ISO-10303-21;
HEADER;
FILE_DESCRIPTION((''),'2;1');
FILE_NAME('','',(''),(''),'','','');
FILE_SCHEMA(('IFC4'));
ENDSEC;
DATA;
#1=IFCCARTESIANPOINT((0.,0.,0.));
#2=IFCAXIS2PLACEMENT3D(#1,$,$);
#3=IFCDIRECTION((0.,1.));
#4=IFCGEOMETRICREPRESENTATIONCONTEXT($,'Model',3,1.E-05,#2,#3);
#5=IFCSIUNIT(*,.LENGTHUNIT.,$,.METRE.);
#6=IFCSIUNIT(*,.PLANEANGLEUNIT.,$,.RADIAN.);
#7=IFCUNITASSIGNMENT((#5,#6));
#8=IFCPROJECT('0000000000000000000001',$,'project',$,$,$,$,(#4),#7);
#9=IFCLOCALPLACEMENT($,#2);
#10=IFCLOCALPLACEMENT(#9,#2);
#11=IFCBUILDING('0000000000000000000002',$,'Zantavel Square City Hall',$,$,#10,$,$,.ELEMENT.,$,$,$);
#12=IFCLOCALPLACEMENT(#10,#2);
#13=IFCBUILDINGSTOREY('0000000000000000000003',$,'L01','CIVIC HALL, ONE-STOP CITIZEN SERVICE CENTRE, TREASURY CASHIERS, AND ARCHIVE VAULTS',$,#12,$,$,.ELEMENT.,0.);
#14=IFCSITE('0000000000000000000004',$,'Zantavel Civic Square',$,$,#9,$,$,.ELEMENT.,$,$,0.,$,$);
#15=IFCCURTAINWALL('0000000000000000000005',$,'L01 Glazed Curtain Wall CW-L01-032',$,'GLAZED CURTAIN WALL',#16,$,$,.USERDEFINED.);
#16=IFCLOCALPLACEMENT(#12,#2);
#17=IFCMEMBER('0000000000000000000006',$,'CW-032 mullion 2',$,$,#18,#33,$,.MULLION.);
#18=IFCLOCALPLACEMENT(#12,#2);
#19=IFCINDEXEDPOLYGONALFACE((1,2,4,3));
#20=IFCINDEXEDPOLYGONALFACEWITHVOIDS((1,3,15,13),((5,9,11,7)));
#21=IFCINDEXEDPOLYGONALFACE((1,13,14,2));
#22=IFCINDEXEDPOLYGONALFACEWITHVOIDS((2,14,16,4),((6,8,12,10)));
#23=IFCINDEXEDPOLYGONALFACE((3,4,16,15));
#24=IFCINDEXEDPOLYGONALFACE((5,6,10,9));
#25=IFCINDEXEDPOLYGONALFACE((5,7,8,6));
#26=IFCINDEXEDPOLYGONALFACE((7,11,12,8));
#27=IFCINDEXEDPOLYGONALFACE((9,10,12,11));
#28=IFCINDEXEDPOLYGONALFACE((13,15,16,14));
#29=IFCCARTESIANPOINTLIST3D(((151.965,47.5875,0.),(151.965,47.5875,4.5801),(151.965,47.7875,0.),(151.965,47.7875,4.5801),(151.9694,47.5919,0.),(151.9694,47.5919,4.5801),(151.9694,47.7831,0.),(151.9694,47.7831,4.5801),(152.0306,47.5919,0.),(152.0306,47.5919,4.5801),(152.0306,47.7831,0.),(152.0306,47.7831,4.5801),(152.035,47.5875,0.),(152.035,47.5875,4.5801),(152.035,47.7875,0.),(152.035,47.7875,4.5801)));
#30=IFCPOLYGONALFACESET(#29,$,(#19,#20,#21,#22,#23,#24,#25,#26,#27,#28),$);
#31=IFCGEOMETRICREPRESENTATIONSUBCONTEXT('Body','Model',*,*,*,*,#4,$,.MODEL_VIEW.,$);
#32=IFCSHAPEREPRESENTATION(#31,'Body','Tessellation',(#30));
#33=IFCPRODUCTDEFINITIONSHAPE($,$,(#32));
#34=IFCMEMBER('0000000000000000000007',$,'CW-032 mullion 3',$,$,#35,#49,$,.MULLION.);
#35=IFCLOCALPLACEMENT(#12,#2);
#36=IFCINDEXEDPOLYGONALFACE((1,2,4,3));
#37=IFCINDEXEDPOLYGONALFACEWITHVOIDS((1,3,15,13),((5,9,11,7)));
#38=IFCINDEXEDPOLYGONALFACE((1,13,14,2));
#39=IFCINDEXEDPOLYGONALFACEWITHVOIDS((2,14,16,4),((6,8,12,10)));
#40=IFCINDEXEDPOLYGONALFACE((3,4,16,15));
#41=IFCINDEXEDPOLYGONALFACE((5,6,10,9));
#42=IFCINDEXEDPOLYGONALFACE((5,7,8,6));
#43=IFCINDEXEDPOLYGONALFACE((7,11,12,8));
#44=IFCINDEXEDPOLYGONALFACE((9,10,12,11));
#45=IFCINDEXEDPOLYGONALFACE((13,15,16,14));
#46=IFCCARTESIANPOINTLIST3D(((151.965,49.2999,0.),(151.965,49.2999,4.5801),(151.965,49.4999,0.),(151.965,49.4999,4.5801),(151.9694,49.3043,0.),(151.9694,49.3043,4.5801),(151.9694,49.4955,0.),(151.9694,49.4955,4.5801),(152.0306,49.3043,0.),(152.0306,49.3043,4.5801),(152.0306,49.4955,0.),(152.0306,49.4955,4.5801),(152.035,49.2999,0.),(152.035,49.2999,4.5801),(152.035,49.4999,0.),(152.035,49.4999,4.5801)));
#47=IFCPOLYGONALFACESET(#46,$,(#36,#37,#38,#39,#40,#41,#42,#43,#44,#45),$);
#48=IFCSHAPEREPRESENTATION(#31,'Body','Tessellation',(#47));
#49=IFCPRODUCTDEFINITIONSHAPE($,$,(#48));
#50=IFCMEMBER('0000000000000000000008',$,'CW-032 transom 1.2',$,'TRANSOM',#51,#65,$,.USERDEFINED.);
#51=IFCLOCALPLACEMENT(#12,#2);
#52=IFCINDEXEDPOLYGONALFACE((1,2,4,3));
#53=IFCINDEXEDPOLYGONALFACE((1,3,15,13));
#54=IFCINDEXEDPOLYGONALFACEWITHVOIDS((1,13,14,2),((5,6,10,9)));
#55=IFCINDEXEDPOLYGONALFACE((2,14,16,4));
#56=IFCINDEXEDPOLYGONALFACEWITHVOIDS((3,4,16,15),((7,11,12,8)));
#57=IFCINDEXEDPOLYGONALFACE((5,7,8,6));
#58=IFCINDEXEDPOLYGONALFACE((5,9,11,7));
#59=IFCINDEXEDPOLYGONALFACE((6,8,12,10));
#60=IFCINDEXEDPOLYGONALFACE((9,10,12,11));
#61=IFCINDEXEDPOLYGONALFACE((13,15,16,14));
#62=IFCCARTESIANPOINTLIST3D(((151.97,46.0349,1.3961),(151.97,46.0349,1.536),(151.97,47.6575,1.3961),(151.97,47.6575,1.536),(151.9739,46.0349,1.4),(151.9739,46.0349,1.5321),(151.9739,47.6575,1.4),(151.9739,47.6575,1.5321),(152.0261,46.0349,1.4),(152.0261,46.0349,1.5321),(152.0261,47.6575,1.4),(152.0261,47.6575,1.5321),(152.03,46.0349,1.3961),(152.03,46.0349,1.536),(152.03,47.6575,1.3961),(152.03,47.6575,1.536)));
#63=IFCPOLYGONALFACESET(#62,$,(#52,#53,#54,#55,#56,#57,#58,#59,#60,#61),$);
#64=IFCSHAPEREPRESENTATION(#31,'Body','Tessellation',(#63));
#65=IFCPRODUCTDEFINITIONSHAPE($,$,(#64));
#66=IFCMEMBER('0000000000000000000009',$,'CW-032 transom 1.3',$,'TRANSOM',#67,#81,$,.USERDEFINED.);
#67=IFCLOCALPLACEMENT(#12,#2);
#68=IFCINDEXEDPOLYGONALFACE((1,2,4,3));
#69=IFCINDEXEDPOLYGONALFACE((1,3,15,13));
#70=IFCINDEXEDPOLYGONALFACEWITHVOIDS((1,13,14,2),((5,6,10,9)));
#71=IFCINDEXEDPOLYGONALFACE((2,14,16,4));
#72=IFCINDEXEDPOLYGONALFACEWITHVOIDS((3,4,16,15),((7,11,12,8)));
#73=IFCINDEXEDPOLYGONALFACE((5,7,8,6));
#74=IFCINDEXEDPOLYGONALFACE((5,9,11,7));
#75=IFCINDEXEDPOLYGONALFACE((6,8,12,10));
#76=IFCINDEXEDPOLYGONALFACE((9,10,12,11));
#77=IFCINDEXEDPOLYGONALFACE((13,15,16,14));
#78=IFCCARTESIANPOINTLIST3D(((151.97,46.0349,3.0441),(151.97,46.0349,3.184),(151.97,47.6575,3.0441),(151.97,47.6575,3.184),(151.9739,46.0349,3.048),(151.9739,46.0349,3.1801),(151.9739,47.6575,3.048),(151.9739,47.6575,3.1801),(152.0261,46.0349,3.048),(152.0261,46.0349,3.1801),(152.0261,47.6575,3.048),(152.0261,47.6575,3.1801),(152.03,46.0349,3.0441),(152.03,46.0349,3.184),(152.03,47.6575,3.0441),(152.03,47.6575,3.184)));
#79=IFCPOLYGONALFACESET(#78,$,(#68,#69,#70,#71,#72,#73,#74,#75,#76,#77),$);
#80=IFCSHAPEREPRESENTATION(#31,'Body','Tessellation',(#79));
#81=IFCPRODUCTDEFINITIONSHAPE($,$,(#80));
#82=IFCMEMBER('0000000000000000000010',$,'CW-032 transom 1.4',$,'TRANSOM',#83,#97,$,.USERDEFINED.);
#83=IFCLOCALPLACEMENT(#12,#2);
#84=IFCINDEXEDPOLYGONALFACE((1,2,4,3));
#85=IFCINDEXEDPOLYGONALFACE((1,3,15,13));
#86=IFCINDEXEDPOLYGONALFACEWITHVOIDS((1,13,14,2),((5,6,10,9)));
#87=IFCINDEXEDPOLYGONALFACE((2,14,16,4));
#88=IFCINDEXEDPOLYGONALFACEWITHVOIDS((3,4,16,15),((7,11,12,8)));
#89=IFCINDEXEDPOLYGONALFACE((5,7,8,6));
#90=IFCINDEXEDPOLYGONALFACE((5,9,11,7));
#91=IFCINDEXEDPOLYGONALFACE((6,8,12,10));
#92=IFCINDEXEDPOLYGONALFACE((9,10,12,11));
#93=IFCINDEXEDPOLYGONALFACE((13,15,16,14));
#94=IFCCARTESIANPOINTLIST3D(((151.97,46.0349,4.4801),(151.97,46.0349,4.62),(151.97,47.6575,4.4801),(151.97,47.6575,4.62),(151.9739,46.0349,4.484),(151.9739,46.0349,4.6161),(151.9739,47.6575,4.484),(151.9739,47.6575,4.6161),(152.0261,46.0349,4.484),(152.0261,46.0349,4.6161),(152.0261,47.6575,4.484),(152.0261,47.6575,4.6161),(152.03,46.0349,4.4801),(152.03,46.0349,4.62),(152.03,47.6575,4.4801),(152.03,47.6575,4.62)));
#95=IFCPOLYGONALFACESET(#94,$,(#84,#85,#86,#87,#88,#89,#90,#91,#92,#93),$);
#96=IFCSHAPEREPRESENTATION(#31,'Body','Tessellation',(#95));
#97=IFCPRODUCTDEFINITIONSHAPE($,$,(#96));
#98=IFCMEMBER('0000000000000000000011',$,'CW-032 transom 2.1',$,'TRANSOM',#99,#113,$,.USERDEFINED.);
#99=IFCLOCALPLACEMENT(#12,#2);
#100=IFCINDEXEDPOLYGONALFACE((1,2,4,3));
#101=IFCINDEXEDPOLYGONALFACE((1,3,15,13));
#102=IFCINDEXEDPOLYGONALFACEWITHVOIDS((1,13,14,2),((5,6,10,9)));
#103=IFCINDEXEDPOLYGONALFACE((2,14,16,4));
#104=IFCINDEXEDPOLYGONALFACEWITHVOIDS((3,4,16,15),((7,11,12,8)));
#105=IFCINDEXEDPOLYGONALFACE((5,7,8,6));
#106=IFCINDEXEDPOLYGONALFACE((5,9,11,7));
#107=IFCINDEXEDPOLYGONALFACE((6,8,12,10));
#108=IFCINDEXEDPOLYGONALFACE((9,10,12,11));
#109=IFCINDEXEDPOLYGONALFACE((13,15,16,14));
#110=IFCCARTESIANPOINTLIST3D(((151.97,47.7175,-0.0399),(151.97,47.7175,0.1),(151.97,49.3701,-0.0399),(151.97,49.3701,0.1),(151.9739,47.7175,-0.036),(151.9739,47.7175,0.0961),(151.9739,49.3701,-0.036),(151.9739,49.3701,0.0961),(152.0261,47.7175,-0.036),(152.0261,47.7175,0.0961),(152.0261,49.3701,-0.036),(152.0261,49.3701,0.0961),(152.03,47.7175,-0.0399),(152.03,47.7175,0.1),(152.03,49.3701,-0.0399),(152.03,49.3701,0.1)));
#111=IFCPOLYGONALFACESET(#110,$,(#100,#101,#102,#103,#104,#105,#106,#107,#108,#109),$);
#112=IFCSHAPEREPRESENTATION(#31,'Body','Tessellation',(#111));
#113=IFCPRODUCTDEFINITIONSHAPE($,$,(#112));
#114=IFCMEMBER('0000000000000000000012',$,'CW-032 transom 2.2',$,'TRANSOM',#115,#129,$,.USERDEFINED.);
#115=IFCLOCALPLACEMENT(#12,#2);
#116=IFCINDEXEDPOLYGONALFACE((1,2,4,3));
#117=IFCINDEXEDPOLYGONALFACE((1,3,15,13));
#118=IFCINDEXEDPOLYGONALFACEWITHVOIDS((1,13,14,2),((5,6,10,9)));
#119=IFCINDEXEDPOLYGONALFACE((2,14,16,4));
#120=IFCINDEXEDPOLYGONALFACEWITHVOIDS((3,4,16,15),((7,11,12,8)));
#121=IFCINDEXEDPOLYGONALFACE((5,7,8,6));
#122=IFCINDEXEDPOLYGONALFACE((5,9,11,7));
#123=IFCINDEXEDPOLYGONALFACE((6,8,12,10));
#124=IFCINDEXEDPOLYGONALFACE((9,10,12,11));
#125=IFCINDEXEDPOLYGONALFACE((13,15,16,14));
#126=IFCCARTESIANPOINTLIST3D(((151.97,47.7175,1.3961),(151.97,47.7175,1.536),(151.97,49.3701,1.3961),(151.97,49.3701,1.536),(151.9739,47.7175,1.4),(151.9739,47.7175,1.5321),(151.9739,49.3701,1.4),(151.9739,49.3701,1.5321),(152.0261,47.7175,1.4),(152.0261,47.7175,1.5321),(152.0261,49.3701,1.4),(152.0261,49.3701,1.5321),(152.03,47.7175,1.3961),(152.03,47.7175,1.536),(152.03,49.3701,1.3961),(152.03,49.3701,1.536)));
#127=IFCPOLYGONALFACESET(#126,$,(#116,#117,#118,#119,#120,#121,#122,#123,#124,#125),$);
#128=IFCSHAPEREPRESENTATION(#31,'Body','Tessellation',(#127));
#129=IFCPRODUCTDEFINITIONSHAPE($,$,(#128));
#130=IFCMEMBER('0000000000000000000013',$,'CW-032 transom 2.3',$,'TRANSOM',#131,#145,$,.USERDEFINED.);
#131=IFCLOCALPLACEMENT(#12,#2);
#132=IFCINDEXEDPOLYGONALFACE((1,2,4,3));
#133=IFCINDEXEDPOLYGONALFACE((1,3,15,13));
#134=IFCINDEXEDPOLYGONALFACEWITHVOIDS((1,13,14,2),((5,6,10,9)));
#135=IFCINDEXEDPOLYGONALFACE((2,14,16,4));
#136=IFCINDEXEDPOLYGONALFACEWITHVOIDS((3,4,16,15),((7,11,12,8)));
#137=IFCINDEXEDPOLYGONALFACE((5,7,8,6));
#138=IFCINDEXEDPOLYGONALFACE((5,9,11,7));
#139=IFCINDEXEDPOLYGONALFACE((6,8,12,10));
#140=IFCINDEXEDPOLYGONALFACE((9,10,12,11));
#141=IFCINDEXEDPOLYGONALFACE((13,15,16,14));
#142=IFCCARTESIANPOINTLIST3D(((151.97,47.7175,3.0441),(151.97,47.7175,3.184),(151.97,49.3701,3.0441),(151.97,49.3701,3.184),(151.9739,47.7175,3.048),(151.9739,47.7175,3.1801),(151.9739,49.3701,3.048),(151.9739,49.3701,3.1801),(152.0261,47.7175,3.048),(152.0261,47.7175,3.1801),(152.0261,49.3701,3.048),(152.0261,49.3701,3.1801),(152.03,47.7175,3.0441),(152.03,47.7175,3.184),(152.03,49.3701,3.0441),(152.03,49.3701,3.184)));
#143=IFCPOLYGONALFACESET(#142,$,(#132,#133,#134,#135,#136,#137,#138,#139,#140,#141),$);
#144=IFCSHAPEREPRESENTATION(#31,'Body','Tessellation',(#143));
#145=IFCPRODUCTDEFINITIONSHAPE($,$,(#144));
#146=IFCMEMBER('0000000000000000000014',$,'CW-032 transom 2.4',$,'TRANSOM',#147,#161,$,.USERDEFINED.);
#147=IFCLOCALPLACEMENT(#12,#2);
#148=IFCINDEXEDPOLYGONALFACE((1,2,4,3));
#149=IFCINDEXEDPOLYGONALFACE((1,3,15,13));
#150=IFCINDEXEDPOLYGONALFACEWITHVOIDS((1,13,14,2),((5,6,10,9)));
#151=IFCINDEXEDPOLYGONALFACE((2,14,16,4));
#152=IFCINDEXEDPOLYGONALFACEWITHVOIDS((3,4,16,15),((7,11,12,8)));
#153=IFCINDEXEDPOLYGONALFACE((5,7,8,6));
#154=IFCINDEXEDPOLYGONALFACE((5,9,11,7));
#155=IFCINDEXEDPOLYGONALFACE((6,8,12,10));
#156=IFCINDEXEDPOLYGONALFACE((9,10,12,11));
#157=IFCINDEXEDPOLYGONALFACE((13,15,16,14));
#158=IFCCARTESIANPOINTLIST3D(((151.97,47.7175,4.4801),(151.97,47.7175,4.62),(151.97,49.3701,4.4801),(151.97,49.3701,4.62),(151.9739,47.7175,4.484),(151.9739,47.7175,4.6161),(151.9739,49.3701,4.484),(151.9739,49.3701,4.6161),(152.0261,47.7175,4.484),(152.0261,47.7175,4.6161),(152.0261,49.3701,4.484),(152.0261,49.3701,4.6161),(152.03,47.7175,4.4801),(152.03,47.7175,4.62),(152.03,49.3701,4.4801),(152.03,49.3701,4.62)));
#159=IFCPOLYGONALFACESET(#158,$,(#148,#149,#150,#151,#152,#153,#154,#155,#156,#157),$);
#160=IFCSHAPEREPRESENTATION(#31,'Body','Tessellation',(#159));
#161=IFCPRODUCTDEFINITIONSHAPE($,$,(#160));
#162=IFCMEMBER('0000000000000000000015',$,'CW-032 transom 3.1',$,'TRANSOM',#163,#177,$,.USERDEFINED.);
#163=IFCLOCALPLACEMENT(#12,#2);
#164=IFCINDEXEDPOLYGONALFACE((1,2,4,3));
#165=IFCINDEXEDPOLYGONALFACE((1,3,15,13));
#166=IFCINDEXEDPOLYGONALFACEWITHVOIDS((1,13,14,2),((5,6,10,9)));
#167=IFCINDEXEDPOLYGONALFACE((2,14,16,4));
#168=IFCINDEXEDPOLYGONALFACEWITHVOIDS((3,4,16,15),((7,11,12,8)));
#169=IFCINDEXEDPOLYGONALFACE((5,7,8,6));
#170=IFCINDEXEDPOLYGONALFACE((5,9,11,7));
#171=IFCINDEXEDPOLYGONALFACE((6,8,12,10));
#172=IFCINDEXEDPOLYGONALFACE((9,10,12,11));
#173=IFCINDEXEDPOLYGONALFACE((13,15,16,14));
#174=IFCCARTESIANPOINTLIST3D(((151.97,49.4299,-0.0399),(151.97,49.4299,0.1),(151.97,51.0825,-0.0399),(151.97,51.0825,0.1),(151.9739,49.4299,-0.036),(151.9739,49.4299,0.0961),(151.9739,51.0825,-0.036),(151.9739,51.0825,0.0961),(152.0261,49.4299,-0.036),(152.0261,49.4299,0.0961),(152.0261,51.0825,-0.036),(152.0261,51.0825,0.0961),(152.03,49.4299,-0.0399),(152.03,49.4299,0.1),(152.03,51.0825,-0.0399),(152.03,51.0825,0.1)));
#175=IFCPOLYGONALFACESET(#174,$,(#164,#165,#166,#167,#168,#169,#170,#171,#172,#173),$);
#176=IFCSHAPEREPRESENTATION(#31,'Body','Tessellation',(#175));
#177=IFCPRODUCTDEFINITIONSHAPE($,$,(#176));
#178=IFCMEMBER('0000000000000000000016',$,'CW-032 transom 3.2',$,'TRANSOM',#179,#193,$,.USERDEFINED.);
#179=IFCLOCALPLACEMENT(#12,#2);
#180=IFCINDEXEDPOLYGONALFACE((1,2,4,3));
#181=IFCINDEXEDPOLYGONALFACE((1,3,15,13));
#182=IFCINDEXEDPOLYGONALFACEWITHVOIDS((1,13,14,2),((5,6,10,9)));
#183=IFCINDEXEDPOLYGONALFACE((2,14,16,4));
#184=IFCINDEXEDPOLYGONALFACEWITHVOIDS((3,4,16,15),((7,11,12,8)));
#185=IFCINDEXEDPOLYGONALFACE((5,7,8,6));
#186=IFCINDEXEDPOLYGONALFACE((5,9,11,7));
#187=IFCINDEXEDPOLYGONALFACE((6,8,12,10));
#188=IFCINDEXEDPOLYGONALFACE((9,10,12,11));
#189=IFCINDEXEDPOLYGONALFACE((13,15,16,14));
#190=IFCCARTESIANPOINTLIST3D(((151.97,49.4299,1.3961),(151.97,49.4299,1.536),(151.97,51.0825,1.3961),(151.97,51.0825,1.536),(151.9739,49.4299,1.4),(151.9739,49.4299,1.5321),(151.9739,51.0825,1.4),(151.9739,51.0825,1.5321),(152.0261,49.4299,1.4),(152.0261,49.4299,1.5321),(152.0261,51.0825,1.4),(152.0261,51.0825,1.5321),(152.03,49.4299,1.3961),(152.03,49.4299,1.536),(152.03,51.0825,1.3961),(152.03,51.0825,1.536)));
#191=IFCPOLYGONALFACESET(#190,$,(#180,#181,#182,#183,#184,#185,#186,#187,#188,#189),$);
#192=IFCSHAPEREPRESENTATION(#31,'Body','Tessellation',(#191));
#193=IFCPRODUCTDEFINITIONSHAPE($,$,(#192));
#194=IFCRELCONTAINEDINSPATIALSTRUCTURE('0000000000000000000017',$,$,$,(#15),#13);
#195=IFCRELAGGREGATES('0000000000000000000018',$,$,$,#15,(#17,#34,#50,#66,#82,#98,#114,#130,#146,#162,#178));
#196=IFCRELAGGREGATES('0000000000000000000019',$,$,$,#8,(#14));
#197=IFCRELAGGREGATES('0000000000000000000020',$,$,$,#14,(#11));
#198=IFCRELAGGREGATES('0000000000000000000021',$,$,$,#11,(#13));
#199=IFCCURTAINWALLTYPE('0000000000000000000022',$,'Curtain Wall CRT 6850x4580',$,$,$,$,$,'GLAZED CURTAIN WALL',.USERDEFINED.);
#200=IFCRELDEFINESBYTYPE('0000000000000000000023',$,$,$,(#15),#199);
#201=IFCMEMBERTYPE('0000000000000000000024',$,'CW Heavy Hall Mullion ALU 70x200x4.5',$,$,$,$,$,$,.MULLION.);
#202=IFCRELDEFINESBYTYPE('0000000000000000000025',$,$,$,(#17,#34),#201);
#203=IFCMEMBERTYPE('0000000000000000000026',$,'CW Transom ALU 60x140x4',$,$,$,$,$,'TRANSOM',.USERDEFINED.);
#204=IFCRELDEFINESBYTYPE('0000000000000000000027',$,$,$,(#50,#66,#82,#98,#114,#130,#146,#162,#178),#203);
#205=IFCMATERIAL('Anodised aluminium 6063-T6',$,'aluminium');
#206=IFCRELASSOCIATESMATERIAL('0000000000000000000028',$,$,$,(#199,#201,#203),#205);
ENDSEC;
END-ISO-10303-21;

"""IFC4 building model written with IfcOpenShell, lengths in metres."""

from ifc_helpers import new_model, si_unit, direction, frame, origin, origin_2d, place, context, subcontext, project, spatial, hollow_rectangle, extrude, material, material_profile, profile_set, type_object, element, aggregate, save


model = new_model("IFC4")

# Units and contexts
model_context = context("Model", 3, precision=1e-05, world=origin(), true_north=direction((0.0, 1.0)))
body_context = subcontext(model_context, "Body", "Model", "MODEL_VIEW")
ifc_project = project(units=[si_unit("LENGTHUNIT", "METRE"), si_unit("PLANEANGLEUNIT", "RADIAN")], contexts=[model_context])

# Site, building, storey
site_placement = place(None, origin())
site = spatial("IfcSite", under=ifc_project, at=site_placement, Name="Zantavel Civic Square", CompositionType="ELEMENT", RefElevation=0.0)
building_placement = place(site_placement, origin())
building = spatial("IfcBuilding", under=site, at=building_placement, Name="Zantavel Square City Hall", CompositionType="ELEMENT")
storey_placement = place(building_placement, origin())
storey = spatial("IfcBuildingStorey", under=building, at=storey_placement, Name="L01", Description="CIVIC HALL, ONE-STOP CITIZEN SERVICE CENTRE, TREASURY CASHIERS, AND ARCHIVE VAULTS", CompositionType="ELEMENT", Elevation=0.0)

# Curtain wall, members
ifc_material_1 = material(Name="Anodised aluminium 6063-T6", Category="aluminium")
curtain_wall_type = type_object("IfcCurtainWallType", Name="Curtain Wall CRT 6850x4580", ElementType="GLAZED CURTAIN WALL", PredefinedType="USERDEFINED", material=ifc_material_1)
curtain_wall_placement = place(storey_placement, origin())
curtain_wall = element("IfcCurtainWall", 1, at=curtain_wall_placement, inside=storey, type_object=curtain_wall_type, Name="L01 Glazed Curtain Wall CW-L01-032", ObjectType="GLAZED CURTAIN WALL", PredefinedType="USERDEFINED")
ifc_material_profile_1 = material_profile(ifc_material_1, hollow_rectangle(XDim=0.0701, YDim=0.2, WallThickness=0.0044, at=origin_2d()), Name="ALU 70x200x4.5")
ifc_profile_set_1 = profile_set([ifc_material_profile_1], Name="Anodised aluminium 6063-T6")
member_type_1 = type_object("IfcMemberType", Name="CW Heavy Hall Mullion ALU 70x200x4.5", PredefinedType="MULLION", material=ifc_profile_set_1)
member_1_placement = place(storey_placement, frame((152.0, 47.6875, 0.0), z_axis=(0.0, 0.0, 1.0), x_axis=(-1.0, 0.0, 0.0)))
member_1 = element("IfcMember", 2, at=member_1_placement, type_object=member_type_1, Name="CW-032 mullion 2", PredefinedType="MULLION", context=body_context, shape_type="SweptSolid", body=[
    extrude(hollow_rectangle(XDim=0.0701, YDim=0.2, WallThickness=0.0044, at=origin_2d()), origin(), (0.0, 0.0, 1.0), 4.5801),
])
member_2_placement = place(storey_placement, frame((152.0, 49.3999, 0.0), z_axis=(0.0, 0.0, 1.0), x_axis=(-1.0, 0.0, 0.0)))
member_2 = element("IfcMember", 3, at=member_2_placement, type_object=member_type_1, Name="CW-032 mullion 3", PredefinedType="MULLION", context=body_context, shape_type="SweptSolid", body=[
    extrude(hollow_rectangle(XDim=0.0701, YDim=0.2, WallThickness=0.0044, at=origin_2d()), origin(), (0.0, 0.0, 1.0), 4.5801),
])
ifc_material_profile_2 = material_profile(ifc_material_1, hollow_rectangle(XDim=0.0601, YDim=0.1399, WallThickness=0.0039, at=origin_2d()), Name="ALU 60x140x4")
ifc_profile_set_2 = profile_set([ifc_material_profile_2], Name="Anodised aluminium 6063-T6")
member_type_2 = type_object("IfcMemberType", Name="CW Transom ALU 60x140x4", ElementType="TRANSOM", PredefinedType="USERDEFINED", material=ifc_profile_set_2)
member_3_placement = place(storey_placement, frame((152.0, 46.0349, 1.4661), z_axis=(0.0, 1.0, 0.0), x_axis=(-1.0, 0.0, 0.0)))
member_3 = element("IfcMember", 4, at=member_3_placement, type_object=member_type_2, Name="CW-032 transom 1.2", ObjectType="TRANSOM", PredefinedType="USERDEFINED", context=body_context, shape_type="SweptSolid", body=[
    extrude(hollow_rectangle(XDim=0.0601, YDim=0.1399, WallThickness=0.0039, at=origin_2d()), origin(), (0.0, 0.0, 1.0), 1.6226),
])
member_4_placement = place(storey_placement, frame((152.0, 46.0349, 3.114), z_axis=(0.0, 1.0, 0.0), x_axis=(-1.0, 0.0, 0.0)))
member_4 = element("IfcMember", 5, at=member_4_placement, type_object=member_type_2, Name="CW-032 transom 1.3", ObjectType="TRANSOM", PredefinedType="USERDEFINED", context=body_context, shape_type="SweptSolid", body=[
    extrude(hollow_rectangle(XDim=0.0601, YDim=0.1399, WallThickness=0.0039, at=origin_2d()), origin(), (0.0, 0.0, 1.0), 1.6226),
])
member_5_placement = place(storey_placement, frame((152.0, 46.0349, 4.55), z_axis=(0.0, 1.0, 0.0), x_axis=(-1.0, 0.0, 0.0)))
member_5 = element("IfcMember", 6, at=member_5_placement, type_object=member_type_2, Name="CW-032 transom 1.4", ObjectType="TRANSOM", PredefinedType="USERDEFINED", context=body_context, shape_type="SweptSolid", body=[
    extrude(hollow_rectangle(XDim=0.0601, YDim=0.1399, WallThickness=0.0039, at=origin_2d()), origin(), (0.0, 0.0, 1.0), 1.6226),
])
member_6_placement = place(storey_placement, frame((152.0, 47.7175, 0.03), z_axis=(0.0, 1.0, 0.0), x_axis=(-1.0, 0.0, 0.0)))
member_6 = element("IfcMember", 7, at=member_6_placement, type_object=member_type_2, Name="CW-032 transom 2.1", ObjectType="TRANSOM", PredefinedType="USERDEFINED", context=body_context, shape_type="SweptSolid", body=[
    extrude(hollow_rectangle(XDim=0.0601, YDim=0.1399, WallThickness=0.0039, at=origin_2d()), origin(), (0.0, 0.0, 1.0), 1.6526),
])
member_7_placement = place(storey_placement, frame((152.0, 47.7175, 1.4661), z_axis=(0.0, 1.0, 0.0), x_axis=(-1.0, 0.0, 0.0)))
member_7 = element("IfcMember", 8, at=member_7_placement, type_object=member_type_2, Name="CW-032 transom 2.2", ObjectType="TRANSOM", PredefinedType="USERDEFINED", context=body_context, shape_type="SweptSolid", body=[
    extrude(hollow_rectangle(XDim=0.0601, YDim=0.1399, WallThickness=0.0039, at=origin_2d()), origin(), (0.0, 0.0, 1.0), 1.6526),
])
member_8_placement = place(storey_placement, frame((152.0, 47.7175, 3.114), z_axis=(0.0, 1.0, 0.0), x_axis=(-1.0, 0.0, 0.0)))
member_8 = element("IfcMember", 9, at=member_8_placement, type_object=member_type_2, Name="CW-032 transom 2.3", ObjectType="TRANSOM", PredefinedType="USERDEFINED", context=body_context, shape_type="SweptSolid", body=[
    extrude(hollow_rectangle(XDim=0.0601, YDim=0.1399, WallThickness=0.0039, at=origin_2d()), origin(), (0.0, 0.0, 1.0), 1.6526),
])
member_9_placement = place(storey_placement, frame((152.0, 47.7175, 4.55), z_axis=(0.0, 1.0, 0.0), x_axis=(-1.0, 0.0, 0.0)))
member_9 = element("IfcMember", 10, at=member_9_placement, type_object=member_type_2, Name="CW-032 transom 2.4", ObjectType="TRANSOM", PredefinedType="USERDEFINED", context=body_context, shape_type="SweptSolid", body=[
    extrude(hollow_rectangle(XDim=0.0601, YDim=0.1399, WallThickness=0.0039, at=origin_2d()), origin(), (0.0, 0.0, 1.0), 1.6526),
])
member_10_placement = place(storey_placement, frame((152.0, 49.4299, 0.03), z_axis=(0.0, 1.0, 0.0), x_axis=(-1.0, 0.0, 0.0)))
member_10 = element("IfcMember", 11, at=member_10_placement, type_object=member_type_2, Name="CW-032 transom 3.1", ObjectType="TRANSOM", PredefinedType="USERDEFINED", context=body_context, shape_type="SweptSolid", body=[
    extrude(hollow_rectangle(XDim=0.0601, YDim=0.1399, WallThickness=0.0039, at=origin_2d()), origin(), (0.0, 0.0, 1.0), 1.6526),
])
member_11_placement = place(storey_placement, frame((152.0, 49.4299, 1.4661), z_axis=(0.0, 1.0, 0.0), x_axis=(-1.0, 0.0, 0.0)))
member_11 = element("IfcMember", 12, at=member_11_placement, type_object=member_type_2, Name="CW-032 transom 3.2", ObjectType="TRANSOM", PredefinedType="USERDEFINED", context=body_context, shape_type="SweptSolid", body=[
    extrude(hollow_rectangle(XDim=0.0601, YDim=0.1399, WallThickness=0.0039, at=origin_2d()), origin(), (0.0, 0.0, 1.0), 1.6526),
])
aggregate(curtain_wall, [member_1, member_2, member_3, member_4, member_5, member_6, member_7, member_8, member_9, member_10, member_11])

save(model, "model.ifc")
